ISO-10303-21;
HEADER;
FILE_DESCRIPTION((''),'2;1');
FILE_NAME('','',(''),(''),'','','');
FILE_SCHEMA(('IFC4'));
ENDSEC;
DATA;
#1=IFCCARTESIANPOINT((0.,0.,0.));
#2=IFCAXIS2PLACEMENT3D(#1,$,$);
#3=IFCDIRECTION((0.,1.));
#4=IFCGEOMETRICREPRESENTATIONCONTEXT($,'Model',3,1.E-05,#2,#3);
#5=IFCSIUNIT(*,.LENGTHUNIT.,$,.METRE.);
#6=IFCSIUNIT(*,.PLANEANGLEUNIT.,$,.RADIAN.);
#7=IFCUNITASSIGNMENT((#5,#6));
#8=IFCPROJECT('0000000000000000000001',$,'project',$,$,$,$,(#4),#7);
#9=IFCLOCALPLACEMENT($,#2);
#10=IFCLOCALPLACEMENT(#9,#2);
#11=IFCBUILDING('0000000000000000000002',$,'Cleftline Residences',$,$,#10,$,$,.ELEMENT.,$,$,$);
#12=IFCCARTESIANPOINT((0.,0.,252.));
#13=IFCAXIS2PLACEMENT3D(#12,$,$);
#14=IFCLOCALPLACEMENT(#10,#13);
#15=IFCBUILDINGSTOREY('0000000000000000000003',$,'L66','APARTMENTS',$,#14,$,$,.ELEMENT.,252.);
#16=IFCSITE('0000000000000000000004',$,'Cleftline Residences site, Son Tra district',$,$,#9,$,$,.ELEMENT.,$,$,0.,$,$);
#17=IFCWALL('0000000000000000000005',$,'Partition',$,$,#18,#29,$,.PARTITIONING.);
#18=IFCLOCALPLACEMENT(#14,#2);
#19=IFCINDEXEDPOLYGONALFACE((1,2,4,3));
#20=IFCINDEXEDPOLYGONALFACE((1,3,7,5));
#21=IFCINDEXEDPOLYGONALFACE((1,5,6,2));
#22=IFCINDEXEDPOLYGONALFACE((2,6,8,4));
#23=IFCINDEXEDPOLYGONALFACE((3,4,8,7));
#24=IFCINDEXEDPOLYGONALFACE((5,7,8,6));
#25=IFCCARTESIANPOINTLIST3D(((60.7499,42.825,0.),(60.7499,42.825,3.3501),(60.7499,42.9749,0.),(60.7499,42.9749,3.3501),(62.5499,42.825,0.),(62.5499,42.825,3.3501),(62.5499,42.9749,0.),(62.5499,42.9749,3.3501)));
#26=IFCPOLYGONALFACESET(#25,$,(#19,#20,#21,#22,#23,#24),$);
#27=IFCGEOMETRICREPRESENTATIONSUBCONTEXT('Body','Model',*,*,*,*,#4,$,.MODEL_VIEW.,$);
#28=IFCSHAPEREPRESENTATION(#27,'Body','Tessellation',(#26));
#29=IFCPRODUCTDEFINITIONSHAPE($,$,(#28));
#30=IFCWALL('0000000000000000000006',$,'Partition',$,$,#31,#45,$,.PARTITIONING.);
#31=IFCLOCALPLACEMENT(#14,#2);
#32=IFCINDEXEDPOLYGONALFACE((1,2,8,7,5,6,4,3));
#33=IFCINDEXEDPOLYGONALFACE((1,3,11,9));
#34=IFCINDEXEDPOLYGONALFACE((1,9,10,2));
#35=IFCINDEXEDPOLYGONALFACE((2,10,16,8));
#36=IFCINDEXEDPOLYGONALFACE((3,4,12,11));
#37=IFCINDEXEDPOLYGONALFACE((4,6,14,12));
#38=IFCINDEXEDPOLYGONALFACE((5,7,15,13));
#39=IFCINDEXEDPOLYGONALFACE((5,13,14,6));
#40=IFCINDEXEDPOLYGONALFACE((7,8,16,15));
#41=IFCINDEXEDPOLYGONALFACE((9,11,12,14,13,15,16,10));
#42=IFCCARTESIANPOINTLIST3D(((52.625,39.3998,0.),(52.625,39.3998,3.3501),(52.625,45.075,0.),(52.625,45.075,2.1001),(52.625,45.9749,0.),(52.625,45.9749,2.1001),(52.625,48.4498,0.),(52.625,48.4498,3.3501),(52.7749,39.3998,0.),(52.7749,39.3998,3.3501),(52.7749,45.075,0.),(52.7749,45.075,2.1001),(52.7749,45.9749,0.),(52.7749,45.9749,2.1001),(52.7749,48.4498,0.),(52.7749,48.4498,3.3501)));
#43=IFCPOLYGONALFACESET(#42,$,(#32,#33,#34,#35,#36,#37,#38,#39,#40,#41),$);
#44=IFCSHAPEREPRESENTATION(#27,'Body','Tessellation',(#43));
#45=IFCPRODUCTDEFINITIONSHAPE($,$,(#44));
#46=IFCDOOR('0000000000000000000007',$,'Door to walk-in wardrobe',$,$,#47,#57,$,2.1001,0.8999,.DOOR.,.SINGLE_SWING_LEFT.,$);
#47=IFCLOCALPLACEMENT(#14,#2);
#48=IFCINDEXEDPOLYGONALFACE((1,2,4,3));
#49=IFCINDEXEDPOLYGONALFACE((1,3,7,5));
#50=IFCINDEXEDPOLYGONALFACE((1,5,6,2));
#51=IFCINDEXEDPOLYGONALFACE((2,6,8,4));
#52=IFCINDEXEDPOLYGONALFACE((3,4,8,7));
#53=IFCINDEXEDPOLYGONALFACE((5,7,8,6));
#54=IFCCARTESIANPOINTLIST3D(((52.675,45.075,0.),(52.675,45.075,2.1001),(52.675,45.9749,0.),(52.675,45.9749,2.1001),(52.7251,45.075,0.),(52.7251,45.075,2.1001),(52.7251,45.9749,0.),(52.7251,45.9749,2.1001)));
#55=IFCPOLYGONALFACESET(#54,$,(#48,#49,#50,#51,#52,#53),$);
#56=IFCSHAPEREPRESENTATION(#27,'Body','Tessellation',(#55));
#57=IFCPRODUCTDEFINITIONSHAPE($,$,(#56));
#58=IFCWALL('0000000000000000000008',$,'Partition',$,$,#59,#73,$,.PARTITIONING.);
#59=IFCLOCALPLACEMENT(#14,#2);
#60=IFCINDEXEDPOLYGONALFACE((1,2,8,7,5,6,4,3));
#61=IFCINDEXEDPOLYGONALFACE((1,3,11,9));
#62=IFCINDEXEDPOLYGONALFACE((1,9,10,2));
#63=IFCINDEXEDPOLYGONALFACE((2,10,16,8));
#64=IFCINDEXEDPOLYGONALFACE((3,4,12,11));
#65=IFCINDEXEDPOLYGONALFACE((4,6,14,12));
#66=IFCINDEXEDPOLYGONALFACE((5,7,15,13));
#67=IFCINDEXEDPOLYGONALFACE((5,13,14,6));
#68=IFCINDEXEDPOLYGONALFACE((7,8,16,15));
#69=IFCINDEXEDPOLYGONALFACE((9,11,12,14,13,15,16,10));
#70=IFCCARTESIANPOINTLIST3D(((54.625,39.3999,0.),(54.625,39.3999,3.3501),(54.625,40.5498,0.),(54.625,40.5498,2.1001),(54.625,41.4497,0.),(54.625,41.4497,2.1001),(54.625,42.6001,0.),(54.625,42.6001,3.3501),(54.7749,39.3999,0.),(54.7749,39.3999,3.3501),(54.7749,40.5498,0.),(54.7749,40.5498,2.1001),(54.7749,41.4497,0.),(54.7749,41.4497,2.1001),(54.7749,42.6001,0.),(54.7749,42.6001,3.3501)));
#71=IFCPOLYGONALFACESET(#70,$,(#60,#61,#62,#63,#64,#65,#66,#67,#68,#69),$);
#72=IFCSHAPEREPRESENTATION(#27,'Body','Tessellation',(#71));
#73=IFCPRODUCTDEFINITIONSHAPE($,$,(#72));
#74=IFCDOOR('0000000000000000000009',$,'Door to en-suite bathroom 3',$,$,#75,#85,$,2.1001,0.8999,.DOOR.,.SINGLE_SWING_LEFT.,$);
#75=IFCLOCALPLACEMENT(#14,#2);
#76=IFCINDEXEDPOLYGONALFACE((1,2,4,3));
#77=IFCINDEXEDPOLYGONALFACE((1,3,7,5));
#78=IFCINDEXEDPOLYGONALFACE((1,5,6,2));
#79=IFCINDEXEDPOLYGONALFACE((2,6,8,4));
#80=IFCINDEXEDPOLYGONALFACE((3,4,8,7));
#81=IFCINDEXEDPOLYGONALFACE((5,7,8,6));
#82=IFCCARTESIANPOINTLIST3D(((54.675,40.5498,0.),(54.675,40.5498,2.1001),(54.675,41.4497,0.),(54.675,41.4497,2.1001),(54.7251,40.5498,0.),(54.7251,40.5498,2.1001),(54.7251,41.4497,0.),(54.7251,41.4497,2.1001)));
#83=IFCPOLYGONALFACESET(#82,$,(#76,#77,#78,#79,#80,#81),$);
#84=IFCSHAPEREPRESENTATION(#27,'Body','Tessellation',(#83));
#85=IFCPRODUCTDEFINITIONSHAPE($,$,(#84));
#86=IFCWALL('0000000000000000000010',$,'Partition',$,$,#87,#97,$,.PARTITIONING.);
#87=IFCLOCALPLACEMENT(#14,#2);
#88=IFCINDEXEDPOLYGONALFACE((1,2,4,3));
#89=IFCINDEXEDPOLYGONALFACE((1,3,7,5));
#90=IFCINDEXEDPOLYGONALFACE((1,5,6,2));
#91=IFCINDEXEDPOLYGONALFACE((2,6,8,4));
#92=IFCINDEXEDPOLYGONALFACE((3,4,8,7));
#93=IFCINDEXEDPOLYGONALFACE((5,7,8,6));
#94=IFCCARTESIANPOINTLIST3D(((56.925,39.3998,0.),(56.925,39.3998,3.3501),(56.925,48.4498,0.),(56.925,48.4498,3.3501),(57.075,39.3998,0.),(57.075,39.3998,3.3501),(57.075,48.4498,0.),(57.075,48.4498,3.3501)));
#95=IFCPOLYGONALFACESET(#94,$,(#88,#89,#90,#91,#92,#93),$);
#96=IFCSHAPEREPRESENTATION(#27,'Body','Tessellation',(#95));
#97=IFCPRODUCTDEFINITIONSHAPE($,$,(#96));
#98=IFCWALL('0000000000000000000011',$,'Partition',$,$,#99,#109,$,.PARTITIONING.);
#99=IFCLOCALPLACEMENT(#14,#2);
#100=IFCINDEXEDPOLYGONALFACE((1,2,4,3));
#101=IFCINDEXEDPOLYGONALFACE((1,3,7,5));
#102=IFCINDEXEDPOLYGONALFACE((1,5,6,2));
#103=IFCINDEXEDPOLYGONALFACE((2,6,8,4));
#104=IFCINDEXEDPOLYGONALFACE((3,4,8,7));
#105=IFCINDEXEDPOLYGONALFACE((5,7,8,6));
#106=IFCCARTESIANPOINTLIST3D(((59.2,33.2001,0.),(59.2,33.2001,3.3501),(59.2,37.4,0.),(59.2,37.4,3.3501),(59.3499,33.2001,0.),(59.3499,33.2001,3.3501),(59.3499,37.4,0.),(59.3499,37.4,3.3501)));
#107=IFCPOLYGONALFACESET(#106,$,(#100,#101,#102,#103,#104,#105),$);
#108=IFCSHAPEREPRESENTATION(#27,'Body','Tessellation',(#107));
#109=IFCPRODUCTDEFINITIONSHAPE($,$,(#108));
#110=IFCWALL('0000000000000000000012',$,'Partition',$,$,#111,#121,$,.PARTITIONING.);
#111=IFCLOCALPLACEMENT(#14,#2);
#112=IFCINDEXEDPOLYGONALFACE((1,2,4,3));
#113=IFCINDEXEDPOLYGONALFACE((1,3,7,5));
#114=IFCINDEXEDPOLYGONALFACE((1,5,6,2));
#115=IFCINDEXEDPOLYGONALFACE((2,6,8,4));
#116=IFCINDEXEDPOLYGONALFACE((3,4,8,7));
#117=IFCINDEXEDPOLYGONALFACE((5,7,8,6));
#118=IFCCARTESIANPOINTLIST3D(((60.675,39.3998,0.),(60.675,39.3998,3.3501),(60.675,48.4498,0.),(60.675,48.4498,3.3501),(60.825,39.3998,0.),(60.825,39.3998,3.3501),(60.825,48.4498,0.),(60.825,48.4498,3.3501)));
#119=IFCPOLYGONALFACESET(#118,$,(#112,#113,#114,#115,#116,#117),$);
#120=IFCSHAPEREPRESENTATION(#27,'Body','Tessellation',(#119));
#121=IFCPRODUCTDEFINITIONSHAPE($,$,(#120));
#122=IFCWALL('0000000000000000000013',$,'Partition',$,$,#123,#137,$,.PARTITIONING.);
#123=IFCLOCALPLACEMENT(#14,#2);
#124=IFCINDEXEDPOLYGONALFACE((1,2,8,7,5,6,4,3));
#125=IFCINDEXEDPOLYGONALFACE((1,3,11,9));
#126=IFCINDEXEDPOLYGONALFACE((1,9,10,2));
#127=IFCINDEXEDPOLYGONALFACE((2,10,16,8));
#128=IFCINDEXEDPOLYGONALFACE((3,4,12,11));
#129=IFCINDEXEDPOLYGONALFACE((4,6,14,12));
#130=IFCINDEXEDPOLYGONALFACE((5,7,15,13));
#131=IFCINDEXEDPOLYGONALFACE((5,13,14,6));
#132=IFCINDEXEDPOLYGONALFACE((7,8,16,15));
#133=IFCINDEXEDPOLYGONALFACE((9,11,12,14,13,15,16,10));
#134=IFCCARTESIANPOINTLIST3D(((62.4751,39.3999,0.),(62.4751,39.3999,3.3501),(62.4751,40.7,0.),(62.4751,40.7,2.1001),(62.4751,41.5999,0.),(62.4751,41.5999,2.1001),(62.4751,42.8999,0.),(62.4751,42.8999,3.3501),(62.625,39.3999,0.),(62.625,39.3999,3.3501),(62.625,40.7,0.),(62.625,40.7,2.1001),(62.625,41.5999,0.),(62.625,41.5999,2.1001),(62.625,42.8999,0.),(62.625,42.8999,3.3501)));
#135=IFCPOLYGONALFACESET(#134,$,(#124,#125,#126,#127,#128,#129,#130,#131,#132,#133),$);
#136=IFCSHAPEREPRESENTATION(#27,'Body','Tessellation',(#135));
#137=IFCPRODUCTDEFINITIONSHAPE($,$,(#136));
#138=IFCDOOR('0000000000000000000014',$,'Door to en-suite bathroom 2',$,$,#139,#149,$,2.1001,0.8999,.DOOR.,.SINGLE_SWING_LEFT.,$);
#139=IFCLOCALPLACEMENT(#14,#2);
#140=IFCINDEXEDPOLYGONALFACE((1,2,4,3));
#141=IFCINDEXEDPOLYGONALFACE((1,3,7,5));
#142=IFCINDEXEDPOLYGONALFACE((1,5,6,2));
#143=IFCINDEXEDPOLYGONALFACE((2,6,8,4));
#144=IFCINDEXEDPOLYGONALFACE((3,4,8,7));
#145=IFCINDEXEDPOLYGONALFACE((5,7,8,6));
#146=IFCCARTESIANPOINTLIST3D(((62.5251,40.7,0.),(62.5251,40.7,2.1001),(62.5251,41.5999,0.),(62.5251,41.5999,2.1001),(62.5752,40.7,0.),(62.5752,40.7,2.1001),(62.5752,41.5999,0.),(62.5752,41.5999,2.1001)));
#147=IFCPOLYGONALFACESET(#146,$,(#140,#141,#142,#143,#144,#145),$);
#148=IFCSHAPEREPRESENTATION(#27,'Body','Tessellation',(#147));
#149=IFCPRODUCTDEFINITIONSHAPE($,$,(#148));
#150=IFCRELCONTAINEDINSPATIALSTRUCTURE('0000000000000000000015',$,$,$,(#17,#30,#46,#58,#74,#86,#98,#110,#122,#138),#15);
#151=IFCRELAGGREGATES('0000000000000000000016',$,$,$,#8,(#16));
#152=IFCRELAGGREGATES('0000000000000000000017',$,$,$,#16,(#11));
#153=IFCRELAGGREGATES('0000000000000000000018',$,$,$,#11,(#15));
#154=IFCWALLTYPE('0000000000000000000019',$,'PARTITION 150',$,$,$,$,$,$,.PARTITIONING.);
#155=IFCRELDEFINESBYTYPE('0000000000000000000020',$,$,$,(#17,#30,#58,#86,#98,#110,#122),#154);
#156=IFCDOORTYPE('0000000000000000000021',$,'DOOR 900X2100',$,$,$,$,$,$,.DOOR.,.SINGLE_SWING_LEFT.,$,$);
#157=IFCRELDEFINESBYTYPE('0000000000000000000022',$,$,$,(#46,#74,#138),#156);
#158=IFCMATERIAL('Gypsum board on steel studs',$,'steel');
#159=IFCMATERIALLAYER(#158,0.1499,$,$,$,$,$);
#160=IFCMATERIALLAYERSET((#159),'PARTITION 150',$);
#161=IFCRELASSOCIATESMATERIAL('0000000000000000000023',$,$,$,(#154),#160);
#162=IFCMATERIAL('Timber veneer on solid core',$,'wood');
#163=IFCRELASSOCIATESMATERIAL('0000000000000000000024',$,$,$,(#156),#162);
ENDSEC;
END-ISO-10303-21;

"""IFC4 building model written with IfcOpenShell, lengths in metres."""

from ifc_helpers import new_model, si_unit, direction, frame, frame_2d, origin, place, context, subcontext, project, spatial, rectangle, extrude, material, layer, layer_set, type_object, element, fill, save


model = new_model("IFC4")

# Units and contexts
model_context = context("Model", 3, precision=1e-05, world=origin(), true_north=direction((0.0, 1.0)))
body_context = subcontext(model_context, "Body", "Model", "MODEL_VIEW")
ifc_project = project(units=[si_unit("LENGTHUNIT", "METRE"), si_unit("PLANEANGLEUNIT", "RADIAN")], contexts=[model_context])

# Site, building, storey
site_placement = place(None, origin())
site = spatial("IfcSite", under=ifc_project, at=site_placement, Name="Cleftline Residences site, Son Tra district", CompositionType="ELEMENT", RefElevation=0.0)
building_placement = place(site_placement, origin())
building = spatial("IfcBuilding", under=site, at=building_placement, Name="Cleftline Residences", CompositionType="ELEMENT")
storey_placement = place(building_placement, frame((0.0, 0.0, 252.0)))
storey = spatial("IfcBuildingStorey", under=building, at=storey_placement, Name="L66", Description="APARTMENTS", CompositionType="ELEMENT", Elevation=252.0)

# Shared definitions
ifc_material_1 = material(Name="Gypsum board on steel studs", Category="steel")
ifc_layer = layer(ifc_material_1, 0.1499)
ifc_layer_set = layer_set([ifc_layer], Name="PARTITION 150")
wall_type = type_object("IfcWallType", Name="PARTITION 150", PredefinedType="PARTITIONING", material=ifc_layer_set)

# Wall
wall_1_placement = place(storey_placement, frame((60.75, 42.8999, 0.0), z_axis=(0.0, 0.0, 1.0), x_axis=(1.0, 0.0, 0.0)))
element("IfcWall", 1, at=wall_1_placement, inside=storey, type_object=wall_type, Name="Partition", PredefinedType="PARTITIONING", context=body_context, shape_type="SweptSolid", body=[
    extrude(rectangle(XDim=1.8, YDim=0.1499, at=frame_2d((0.8999, 0.0))), origin(), (0.0, 0.0, 1.0), 3.3501),
])

# Walls, openings, doors
wall_2_placement = place(storey_placement, frame((52.7, 39.3999, 0.0), z_axis=(0.0, 0.0, 1.0), x_axis=(0.0, 1.0, 0.0)))
wall_2 = element("IfcWall", 2, at=wall_2_placement, inside=storey, type_object=wall_type, Name="Partition", PredefinedType="PARTITIONING", context=body_context, shape_type="SweptSolid", body=[
    extrude(rectangle(XDim=9.05, YDim=0.1499, at=frame_2d((4.5249, 0.0))), origin(), (0.0, 0.0, 1.0), 3.3501),
])
opening_1_placement = place(wall_2_placement, frame((5.675, 0.0, 0.0)))
opening_1 = element("IfcOpeningElement", 3, at=opening_1_placement, cuts=wall_2, PredefinedType="OPENING", context=body_context, shape_type="SweptSolid", body=[
    extrude(rectangle(XDim=0.8999, YDim=2.1001, at=frame_2d((0.45, 1.05))), frame((0.0, 0.085, 0.0), z_axis=(0.0, -1.0, 0.0), x_axis=(1.0, 0.0, 0.0)), (0.0, 0.0, 1.0), 0.1699),
])
ifc_material_2 = material(Name="Timber veneer on solid core", Category="wood")
door_type_1 = type_object("IfcDoorType", Name="DOOR 900X2100", OperationType="SINGLE_SWING_LEFT", PredefinedType="DOOR", material=ifc_material_2)
door_1_placement = place(opening_1_placement, origin())
door_1 = element("IfcDoor", 4, at=door_1_placement, inside=storey, type_object=door_type_1, Name="Door to walk-in wardrobe", OperationType="SINGLE_SWING_LEFT", OverallHeight=2.1001, OverallWidth=0.8999, PredefinedType="DOOR", context=body_context, shape_type="SweptSolid", body=[
    extrude(rectangle(XDim=0.8999, YDim=2.1001, at=frame_2d((0.45, 1.05))), frame((0.0, 0.0249, 0.0), z_axis=(0.0, -1.0, 0.0), x_axis=(1.0, 0.0, 0.0)), (0.0, 0.0, 1.0), 0.05),
])
fill(opening_1, door_1)
wall_3_placement = place(storey_placement, frame((54.7, 39.3999, 0.0), z_axis=(0.0, 0.0, 1.0), x_axis=(0.0, 1.0, 0.0)))
wall_3 = element("IfcWall", 5, at=wall_3_placement, inside=storey, type_object=wall_type, Name="Partition", PredefinedType="PARTITIONING", context=body_context, shape_type="SweptSolid", body=[
    extrude(rectangle(XDim=3.2002, YDim=0.1499, at=frame_2d((1.6001, 0.0))), origin(), (0.0, 0.0, 1.0), 3.3501),
])
opening_2_placement = place(wall_3_placement, frame((1.1499, 0.0, 0.0)))
opening_2 = element("IfcOpeningElement", 6, at=opening_2_placement, cuts=wall_3, PredefinedType="OPENING", context=body_context, shape_type="SweptSolid", body=[
    extrude(rectangle(XDim=0.8999, YDim=2.1001, at=frame_2d((0.45, 1.05))), frame((0.0, 0.085, 0.0), z_axis=(0.0, -1.0, 0.0), x_axis=(1.0, 0.0, 0.0)), (0.0, 0.0, 1.0), 0.1699),
])
door_2_placement = place(opening_2_placement, origin())
door_2 = element("IfcDoor", 7, at=door_2_placement, inside=storey, type_object=door_type_1, Name="Door to en-suite bathroom 3", OperationType="SINGLE_SWING_LEFT", OverallHeight=2.1001, OverallWidth=0.8999, PredefinedType="DOOR", context=body_context, shape_type="SweptSolid", body=[
    extrude(rectangle(XDim=0.8999, YDim=2.1001, at=frame_2d((0.45, 1.05))), frame((0.0, 0.0249, 0.0), z_axis=(0.0, -1.0, 0.0), x_axis=(1.0, 0.0, 0.0)), (0.0, 0.0, 1.0), 0.05),
])
fill(opening_2, door_2)

# Walls
wall_4_placement = place(storey_placement, frame((57.0, 39.3999, 0.0), z_axis=(0.0, 0.0, 1.0), x_axis=(0.0, 1.0, 0.0)))
element("IfcWall", 8, at=wall_4_placement, inside=storey, type_object=wall_type, Name="Partition", PredefinedType="PARTITIONING", context=body_context, shape_type="SweptSolid", body=[
    extrude(rectangle(XDim=9.05, YDim=0.1499, at=frame_2d((4.5249, 0.0))), origin(), (0.0, 0.0, 1.0), 3.3501),
])
wall_5_placement = place(storey_placement, frame((59.2749, 33.2, 0.0), z_axis=(0.0, 0.0, 1.0), x_axis=(0.0, 1.0, 0.0)))
element("IfcWall", 9, at=wall_5_placement, inside=storey, type_object=wall_type, Name="Partition", PredefinedType="PARTITIONING", context=body_context, shape_type="SweptSolid", body=[
    extrude(rectangle(XDim=4.2, YDim=0.1499, at=frame_2d((2.1001, 0.0))), origin(), (0.0, 0.0, 1.0), 3.3501),
])
wall_6_placement = place(storey_placement, frame((60.75, 39.3999, 0.0), z_axis=(0.0, 0.0, 1.0), x_axis=(0.0, 1.0, 0.0)))
element("IfcWall", 10, at=wall_6_placement, inside=storey, type_object=wall_type, Name="Partition", PredefinedType="PARTITIONING", context=body_context, shape_type="SweptSolid", body=[
    extrude(rectangle(XDim=9.05, YDim=0.1499, at=frame_2d((4.5249, 0.0))), origin(), (0.0, 0.0, 1.0), 3.3501),
])

# Wall, opening, door
wall_7_placement = place(storey_placement, frame((62.55, 39.3999, 0.0), z_axis=(0.0, 0.0, 1.0), x_axis=(0.0, 1.0, 0.0)))
wall_7 = element("IfcWall", 11, at=wall_7_placement, inside=storey, type_object=wall_type, Name="Partition", PredefinedType="PARTITIONING", context=body_context, shape_type="SweptSolid", body=[
    extrude(rectangle(XDim=3.5, YDim=0.1499, at=frame_2d((1.75, 0.0))), origin(), (0.0, 0.0, 1.0), 3.3501),
])
opening_3_placement = place(wall_7_placement, frame((1.3, 0.0, 0.0)))
opening_3 = element("IfcOpeningElement", 12, at=opening_3_placement, cuts=wall_7, PredefinedType="OPENING", context=body_context, shape_type="SweptSolid", body=[
    extrude(rectangle(XDim=0.8999, YDim=2.1001, at=frame_2d((0.45, 1.05))), frame((0.0, 0.085, 0.0), z_axis=(0.0, -1.0, 0.0), x_axis=(1.0, 0.0, 0.0)), (0.0, 0.0, 1.0), 0.1699),
])
door_3_placement = place(opening_3_placement, origin())
door_3 = element("IfcDoor", 13, at=door_3_placement, inside=storey, type_object=door_type_1, Name="Door to en-suite bathroom 2", OperationType="SINGLE_SWING_LEFT", OverallHeight=2.1001, OverallWidth=0.8999, PredefinedType="DOOR", context=body_context, shape_type="SweptSolid", body=[
    extrude(rectangle(XDim=0.8999, YDim=2.1001, at=frame_2d((0.45, 1.05))), frame((0.0, 0.0249, 0.0), z_axis=(0.0, -1.0, 0.0), x_axis=(1.0, 0.0, 0.0)), (0.0, 0.0, 1.0), 0.05),
])
fill(opening_3, door_3)

save(model, "model.ifc")
